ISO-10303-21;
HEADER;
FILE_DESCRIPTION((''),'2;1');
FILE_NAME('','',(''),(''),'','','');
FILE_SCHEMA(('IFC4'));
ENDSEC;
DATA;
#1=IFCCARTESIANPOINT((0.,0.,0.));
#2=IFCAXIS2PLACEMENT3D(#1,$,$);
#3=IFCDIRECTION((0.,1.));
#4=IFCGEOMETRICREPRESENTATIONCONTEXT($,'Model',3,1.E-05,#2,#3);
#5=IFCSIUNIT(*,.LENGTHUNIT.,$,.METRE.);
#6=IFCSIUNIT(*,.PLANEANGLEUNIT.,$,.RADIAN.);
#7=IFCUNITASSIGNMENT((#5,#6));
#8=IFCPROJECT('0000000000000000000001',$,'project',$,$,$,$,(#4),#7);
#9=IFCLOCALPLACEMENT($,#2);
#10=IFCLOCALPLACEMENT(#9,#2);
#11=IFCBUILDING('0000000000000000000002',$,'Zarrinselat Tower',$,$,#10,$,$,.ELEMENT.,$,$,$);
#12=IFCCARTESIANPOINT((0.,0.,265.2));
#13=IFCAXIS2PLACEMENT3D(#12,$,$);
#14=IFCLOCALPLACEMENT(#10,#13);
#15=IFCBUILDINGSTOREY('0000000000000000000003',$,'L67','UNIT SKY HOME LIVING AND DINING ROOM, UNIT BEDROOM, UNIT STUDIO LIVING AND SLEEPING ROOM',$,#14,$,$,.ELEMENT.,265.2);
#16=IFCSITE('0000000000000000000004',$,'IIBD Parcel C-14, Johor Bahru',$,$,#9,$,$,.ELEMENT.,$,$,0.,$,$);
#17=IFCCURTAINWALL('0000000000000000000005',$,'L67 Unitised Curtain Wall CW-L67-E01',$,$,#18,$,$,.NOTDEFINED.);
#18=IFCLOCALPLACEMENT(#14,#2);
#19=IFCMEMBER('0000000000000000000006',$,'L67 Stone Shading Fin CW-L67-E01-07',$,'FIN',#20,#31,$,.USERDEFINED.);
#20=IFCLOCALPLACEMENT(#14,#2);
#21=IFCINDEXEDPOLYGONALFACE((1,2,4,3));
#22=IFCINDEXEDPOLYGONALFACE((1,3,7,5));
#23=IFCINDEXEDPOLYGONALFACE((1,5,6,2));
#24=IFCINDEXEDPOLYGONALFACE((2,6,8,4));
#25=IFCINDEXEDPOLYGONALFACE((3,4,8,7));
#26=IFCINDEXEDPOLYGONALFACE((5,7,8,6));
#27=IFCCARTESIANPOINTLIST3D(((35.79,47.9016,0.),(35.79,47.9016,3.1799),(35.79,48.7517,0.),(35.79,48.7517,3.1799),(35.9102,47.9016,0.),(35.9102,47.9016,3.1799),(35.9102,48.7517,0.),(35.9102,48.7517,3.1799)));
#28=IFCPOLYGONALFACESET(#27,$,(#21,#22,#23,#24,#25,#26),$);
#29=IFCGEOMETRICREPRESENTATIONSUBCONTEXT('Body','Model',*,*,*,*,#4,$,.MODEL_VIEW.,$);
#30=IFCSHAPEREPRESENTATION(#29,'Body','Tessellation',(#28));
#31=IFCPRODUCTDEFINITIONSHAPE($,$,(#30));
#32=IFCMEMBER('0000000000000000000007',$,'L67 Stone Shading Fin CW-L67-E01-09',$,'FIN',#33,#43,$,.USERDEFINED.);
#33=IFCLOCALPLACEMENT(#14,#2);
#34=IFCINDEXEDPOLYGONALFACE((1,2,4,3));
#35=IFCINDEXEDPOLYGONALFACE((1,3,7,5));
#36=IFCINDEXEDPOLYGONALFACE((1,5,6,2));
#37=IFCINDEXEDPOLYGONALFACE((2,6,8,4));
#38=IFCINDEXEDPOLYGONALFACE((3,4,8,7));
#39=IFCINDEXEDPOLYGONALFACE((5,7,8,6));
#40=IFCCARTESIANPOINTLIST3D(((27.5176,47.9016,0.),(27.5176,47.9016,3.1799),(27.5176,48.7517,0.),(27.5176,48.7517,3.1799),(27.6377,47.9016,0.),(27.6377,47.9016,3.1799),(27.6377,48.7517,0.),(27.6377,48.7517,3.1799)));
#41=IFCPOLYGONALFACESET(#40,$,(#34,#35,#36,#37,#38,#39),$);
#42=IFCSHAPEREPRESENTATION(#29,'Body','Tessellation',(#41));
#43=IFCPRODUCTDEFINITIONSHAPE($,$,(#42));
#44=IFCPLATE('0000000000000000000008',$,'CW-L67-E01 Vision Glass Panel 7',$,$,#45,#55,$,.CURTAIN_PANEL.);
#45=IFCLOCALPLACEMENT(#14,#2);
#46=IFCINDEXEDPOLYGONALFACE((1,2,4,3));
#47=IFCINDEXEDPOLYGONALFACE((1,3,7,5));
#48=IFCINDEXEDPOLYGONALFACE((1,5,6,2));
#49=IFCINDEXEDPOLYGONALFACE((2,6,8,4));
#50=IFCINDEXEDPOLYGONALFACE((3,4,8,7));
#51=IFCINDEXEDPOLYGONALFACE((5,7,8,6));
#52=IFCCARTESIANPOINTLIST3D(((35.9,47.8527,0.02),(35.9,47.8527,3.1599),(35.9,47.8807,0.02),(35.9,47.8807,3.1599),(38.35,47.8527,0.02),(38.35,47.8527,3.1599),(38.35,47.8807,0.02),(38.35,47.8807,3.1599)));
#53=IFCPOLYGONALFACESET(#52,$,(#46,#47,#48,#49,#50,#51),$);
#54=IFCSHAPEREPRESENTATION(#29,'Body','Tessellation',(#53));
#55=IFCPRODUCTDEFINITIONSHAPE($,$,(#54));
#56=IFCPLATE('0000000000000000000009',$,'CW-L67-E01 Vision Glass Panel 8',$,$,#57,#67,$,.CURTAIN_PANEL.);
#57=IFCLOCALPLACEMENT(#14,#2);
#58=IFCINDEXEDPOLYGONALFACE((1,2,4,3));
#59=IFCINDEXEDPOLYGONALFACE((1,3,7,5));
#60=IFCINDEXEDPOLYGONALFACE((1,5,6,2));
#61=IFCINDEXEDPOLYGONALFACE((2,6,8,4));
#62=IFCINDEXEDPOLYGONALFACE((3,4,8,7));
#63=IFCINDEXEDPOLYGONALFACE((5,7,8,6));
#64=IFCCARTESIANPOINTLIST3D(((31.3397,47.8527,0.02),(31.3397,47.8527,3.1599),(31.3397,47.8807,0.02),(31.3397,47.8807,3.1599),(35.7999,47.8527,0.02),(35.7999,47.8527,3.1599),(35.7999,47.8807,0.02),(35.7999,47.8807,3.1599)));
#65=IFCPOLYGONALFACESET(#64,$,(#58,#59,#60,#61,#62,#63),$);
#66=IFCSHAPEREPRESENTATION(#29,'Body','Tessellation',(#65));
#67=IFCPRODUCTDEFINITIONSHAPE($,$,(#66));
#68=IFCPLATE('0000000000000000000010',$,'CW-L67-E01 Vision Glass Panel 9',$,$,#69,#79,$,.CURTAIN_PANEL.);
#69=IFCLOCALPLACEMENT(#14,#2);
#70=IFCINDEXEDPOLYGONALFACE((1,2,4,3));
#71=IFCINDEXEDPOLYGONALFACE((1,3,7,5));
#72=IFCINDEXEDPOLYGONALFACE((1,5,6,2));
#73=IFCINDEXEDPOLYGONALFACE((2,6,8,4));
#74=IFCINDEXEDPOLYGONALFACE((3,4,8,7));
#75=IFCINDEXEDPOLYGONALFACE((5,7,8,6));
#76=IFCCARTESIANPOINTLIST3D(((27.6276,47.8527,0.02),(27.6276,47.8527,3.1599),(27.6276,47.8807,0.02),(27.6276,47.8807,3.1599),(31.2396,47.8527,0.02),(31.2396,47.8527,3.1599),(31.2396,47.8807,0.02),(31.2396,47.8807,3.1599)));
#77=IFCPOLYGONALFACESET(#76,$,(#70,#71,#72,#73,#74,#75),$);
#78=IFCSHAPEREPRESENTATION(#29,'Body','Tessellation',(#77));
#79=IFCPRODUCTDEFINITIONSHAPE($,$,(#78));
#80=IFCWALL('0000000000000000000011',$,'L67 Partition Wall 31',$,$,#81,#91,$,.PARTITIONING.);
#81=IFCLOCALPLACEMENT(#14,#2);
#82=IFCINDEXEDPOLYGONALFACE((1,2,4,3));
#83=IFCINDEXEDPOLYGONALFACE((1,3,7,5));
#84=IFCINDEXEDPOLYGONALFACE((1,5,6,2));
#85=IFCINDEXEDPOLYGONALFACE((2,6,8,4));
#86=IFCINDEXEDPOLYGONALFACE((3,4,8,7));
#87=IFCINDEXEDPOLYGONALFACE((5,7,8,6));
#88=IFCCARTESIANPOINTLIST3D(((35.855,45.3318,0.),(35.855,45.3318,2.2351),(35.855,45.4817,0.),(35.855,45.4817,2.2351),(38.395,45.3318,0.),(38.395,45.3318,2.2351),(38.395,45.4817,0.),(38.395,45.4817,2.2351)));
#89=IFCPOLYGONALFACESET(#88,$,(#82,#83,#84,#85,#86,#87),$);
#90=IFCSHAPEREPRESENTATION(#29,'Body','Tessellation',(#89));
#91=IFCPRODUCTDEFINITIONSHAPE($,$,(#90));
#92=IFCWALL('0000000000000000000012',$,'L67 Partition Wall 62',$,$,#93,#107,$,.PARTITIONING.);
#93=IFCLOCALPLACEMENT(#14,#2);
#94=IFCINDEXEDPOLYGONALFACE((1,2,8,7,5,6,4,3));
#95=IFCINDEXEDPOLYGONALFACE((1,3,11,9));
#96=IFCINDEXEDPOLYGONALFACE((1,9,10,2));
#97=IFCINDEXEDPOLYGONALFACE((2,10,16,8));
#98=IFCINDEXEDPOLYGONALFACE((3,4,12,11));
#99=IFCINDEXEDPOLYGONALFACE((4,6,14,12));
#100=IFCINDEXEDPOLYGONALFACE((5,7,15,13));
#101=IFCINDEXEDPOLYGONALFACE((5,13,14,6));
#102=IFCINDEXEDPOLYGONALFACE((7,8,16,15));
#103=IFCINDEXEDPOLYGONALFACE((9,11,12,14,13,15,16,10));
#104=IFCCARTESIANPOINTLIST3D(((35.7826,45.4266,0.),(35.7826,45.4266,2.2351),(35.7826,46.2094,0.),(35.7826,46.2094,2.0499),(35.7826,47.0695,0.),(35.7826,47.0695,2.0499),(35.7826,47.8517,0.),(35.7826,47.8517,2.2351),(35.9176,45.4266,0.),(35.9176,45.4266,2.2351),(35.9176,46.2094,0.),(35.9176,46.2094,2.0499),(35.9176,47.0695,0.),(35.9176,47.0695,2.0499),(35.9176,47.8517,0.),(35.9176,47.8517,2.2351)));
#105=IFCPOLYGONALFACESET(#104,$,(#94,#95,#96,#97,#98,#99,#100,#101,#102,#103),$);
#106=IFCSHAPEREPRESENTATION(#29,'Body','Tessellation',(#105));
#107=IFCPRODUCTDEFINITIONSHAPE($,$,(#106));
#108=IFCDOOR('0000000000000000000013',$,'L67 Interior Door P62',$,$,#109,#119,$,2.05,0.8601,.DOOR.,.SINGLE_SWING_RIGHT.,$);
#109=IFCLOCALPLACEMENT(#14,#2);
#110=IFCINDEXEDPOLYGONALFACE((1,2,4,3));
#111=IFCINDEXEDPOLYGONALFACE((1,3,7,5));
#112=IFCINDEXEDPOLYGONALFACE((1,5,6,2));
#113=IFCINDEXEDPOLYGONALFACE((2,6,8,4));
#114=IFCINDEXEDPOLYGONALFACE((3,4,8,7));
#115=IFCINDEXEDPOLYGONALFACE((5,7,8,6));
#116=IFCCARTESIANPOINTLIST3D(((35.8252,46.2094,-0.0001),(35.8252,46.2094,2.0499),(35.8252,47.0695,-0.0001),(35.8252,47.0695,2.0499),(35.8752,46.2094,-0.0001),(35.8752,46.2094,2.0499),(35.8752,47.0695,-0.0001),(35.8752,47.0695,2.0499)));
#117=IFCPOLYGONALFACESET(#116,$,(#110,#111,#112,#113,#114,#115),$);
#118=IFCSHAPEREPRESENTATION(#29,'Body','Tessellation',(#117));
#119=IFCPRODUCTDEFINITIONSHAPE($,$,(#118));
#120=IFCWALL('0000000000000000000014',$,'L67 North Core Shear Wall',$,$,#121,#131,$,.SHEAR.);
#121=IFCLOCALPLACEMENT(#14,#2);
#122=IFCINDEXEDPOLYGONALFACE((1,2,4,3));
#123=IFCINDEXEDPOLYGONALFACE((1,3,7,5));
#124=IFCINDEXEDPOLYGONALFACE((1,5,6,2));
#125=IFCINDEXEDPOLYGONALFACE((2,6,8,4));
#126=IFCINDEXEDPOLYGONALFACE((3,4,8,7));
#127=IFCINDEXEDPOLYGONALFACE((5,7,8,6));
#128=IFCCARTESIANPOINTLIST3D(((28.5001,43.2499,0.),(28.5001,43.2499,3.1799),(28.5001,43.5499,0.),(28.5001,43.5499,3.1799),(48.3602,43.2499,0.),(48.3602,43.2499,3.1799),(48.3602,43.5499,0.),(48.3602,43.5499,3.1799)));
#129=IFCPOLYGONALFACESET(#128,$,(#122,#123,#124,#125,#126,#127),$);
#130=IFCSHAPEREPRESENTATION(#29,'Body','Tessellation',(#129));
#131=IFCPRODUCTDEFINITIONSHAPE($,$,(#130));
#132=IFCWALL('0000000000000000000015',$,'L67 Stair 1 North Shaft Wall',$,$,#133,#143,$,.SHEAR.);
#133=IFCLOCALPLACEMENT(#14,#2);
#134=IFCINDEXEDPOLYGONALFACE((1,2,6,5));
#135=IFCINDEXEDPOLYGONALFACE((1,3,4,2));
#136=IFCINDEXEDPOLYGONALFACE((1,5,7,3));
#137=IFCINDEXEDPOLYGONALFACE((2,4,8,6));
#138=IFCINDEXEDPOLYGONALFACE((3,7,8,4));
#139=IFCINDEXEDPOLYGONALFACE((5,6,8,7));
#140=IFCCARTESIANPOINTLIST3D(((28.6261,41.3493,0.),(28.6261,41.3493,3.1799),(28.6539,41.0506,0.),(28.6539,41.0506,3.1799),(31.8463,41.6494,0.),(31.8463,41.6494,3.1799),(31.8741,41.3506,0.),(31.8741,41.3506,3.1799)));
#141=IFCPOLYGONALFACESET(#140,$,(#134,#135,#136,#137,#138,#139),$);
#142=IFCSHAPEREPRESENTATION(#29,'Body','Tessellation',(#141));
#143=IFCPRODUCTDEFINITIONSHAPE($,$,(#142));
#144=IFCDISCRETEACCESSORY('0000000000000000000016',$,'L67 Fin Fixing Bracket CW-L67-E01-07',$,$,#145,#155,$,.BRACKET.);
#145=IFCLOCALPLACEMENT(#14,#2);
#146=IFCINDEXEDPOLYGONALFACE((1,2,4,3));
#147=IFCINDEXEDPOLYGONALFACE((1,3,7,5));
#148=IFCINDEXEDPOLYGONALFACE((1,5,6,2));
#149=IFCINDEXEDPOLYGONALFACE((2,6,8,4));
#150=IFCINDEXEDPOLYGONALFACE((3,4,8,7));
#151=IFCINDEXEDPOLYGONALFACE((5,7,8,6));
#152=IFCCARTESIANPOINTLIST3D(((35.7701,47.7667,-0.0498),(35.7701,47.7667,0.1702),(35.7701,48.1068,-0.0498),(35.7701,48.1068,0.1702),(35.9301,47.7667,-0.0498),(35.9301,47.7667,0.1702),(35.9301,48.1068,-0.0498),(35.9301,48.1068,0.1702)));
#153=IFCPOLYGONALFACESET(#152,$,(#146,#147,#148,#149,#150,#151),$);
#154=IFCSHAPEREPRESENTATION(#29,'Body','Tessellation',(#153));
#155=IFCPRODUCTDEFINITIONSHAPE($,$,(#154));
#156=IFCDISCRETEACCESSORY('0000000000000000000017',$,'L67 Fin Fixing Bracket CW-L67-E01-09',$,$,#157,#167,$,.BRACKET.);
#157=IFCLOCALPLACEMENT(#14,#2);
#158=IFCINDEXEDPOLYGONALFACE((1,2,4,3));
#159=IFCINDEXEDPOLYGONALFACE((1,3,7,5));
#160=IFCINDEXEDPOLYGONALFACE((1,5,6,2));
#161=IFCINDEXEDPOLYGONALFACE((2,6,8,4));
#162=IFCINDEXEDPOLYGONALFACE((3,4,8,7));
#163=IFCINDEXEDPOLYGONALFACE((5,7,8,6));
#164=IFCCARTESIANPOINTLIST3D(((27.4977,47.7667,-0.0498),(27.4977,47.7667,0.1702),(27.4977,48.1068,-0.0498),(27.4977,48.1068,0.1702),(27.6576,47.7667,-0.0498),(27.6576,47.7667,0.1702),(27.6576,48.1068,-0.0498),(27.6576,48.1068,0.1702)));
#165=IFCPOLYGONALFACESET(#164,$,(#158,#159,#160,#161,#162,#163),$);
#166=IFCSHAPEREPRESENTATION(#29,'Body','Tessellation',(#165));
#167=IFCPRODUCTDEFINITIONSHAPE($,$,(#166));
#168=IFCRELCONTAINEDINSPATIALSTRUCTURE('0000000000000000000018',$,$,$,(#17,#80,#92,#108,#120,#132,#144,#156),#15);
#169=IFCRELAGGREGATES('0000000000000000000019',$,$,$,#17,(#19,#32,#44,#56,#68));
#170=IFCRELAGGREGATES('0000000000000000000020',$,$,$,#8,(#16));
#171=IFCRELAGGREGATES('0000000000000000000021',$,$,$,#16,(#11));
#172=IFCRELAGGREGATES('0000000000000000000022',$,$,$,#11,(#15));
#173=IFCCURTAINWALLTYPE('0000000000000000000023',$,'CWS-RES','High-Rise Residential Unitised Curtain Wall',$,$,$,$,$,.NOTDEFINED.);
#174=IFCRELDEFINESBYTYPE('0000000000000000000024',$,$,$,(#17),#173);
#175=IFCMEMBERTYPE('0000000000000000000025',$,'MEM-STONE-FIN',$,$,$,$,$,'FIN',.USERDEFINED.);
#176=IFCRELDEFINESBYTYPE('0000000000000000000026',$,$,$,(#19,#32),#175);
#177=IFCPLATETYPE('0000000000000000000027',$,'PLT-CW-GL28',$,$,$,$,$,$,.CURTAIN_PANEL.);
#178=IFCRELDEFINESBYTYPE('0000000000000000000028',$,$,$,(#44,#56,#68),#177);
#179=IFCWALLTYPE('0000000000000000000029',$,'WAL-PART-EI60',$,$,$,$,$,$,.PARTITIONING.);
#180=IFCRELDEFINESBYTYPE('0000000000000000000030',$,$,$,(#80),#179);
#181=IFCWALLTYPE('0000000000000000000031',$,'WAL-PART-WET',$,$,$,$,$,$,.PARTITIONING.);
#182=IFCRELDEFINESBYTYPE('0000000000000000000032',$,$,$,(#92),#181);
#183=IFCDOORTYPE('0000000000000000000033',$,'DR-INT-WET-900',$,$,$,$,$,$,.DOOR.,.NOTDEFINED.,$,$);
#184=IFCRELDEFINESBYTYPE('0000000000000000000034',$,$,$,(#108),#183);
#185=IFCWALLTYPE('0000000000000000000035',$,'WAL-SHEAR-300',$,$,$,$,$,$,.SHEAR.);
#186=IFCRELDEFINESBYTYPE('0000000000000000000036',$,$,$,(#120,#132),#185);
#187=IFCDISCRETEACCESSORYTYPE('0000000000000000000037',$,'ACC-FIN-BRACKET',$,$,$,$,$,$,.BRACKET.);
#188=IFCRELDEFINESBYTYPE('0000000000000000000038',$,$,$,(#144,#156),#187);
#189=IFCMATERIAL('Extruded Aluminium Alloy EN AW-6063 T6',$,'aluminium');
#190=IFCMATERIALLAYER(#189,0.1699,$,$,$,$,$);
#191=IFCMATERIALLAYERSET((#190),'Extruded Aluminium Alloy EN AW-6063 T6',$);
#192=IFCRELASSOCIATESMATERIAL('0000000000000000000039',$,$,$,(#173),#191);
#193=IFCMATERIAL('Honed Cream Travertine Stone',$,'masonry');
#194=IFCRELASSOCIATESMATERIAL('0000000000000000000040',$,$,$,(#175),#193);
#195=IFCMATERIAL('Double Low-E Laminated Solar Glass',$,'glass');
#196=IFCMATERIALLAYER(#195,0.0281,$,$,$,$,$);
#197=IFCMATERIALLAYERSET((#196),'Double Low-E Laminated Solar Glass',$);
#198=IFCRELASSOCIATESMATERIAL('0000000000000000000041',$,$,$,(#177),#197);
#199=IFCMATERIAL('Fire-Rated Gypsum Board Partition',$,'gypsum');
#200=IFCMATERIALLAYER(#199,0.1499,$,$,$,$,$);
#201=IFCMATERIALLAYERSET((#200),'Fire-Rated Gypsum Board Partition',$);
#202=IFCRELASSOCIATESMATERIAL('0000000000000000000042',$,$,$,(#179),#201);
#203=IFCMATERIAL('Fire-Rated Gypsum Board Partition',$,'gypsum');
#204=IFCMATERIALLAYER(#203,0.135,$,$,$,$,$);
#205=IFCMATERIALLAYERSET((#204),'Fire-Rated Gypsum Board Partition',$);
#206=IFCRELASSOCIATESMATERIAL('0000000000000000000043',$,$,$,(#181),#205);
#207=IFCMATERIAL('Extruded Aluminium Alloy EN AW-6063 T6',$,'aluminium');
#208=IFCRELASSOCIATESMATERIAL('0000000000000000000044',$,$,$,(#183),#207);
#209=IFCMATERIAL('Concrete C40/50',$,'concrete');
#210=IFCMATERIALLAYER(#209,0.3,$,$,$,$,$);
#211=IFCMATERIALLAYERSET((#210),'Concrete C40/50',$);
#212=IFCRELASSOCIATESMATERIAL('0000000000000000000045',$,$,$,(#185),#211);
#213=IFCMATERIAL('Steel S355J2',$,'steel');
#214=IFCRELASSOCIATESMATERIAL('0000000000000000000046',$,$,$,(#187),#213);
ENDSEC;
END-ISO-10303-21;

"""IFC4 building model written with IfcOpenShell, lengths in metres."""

from ifc_helpers import new_model, si_unit, direction, frame, frame_2d, origin, origin_2d, place, context, subcontext, project, spatial, rectangle, extrude, material, layer, layer_set, material_profile, profile_set, type_object, element, fill, aggregate, save


model = new_model("IFC4")

# Units and contexts
model_context = context("Model", 3, precision=1e-05, world=origin(), true_north=direction((0.0, 1.0)))
body_context = subcontext(model_context, "Body", "Model", "MODEL_VIEW")
ifc_project = project(units=[si_unit("LENGTHUNIT", "METRE"), si_unit("PLANEANGLEUNIT", "RADIAN")], contexts=[model_context])

# Site, building, storey
site_placement = place(None, origin())
site = spatial("IfcSite", under=ifc_project, at=site_placement, Name="IIBD Parcel C-14, Johor Bahru", CompositionType="ELEMENT", RefElevation=0.0)
building_placement = place(site_placement, origin())
building = spatial("IfcBuilding", under=site, at=building_placement, Name="Zarrinselat Tower", CompositionType="ELEMENT")
storey_placement = place(building_placement, frame((0.0, 0.0, 265.2)))
storey = spatial("IfcBuildingStorey", under=building, at=storey_placement, Name="L67", Description="UNIT SKY HOME LIVING AND DINING ROOM, UNIT BEDROOM, UNIT STUDIO LIVING AND SLEEPING ROOM", CompositionType="ELEMENT", Elevation=265.2)

# Curtain wall, members, plates
ifc_material_1 = material(Name="Extruded Aluminium Alloy EN AW-6063 T6", Category="aluminium")
ifc_layer_1 = layer(ifc_material_1, 0.1699)
ifc_layer_set_1 = layer_set([ifc_layer_1], Name="Extruded Aluminium Alloy EN AW-6063 T6")
curtain_wall_type = type_object("IfcCurtainWallType", Name="CWS-RES", Description="High-Rise Residential Unitised Curtain Wall", PredefinedType="NOTDEFINED", material=ifc_layer_set_1)
curtain_wall_placement = place(storey_placement, origin())
curtain_wall = element("IfcCurtainWall", 1, at=curtain_wall_placement, inside=storey, type_object=curtain_wall_type, Name="L67 Unitised Curtain Wall CW-L67-E01", PredefinedType="NOTDEFINED")
ifc_material_2 = material(Name="Honed Cream Travertine Stone", Category="masonry")
ifc_material_profile_1 = material_profile(ifc_material_2, rectangle(XDim=0.1201, YDim=0.8501, at=origin_2d()), Name="FIN 850x120")
ifc_profile_set_1 = profile_set([ifc_material_profile_1], Name="Honed Cream Travertine Stone")
member_type_1 = type_object("IfcMemberType", Name="MEM-STONE-FIN", ElementType="FIN", PredefinedType="USERDEFINED", material=ifc_profile_set_1)
member_1_placement = place(storey_placement, frame((35.8501, 48.3267, 0.0), z_axis=(0.0, 0.0, 1.0), x_axis=(1.0, 0.0, 0.0)))
member_1 = element("IfcMember", 2, at=member_1_placement, type_object=member_type_1, Name="L67 Stone Shading Fin CW-L67-E01-07", ObjectType="FIN", PredefinedType="USERDEFINED", context=body_context, shape_type="SweptSolid", body=[
    extrude(rectangle(XDim=0.1201, YDim=0.8501, at=origin_2d()), origin(), (0.0, 0.0, 1.0), 3.1799),
])
member_2_placement = place(storey_placement, frame((27.5776, 48.3267, 0.0), z_axis=(0.0, 0.0, 1.0), x_axis=(1.0, 0.0, 0.0)))
member_2 = element("IfcMember", 3, at=member_2_placement, type_object=member_type_1, Name="L67 Stone Shading Fin CW-L67-E01-09", ObjectType="FIN", PredefinedType="USERDEFINED", context=body_context, shape_type="SweptSolid", body=[
    extrude(rectangle(XDim=0.1201, YDim=0.8501, at=origin_2d()), origin(), (0.0, 0.0, 1.0), 3.1799),
])
ifc_material_3 = material(Name="Double Low-E Laminated Solar Glass", Category="glass")
ifc_layer_2 = layer(ifc_material_3, 0.0281)
ifc_layer_set_2 = layer_set([ifc_layer_2], Name="Double Low-E Laminated Solar Glass")
plate_type = type_object("IfcPlateType", Name="PLT-CW-GL28", PredefinedType="CURTAIN_PANEL", material=ifc_layer_set_2)
plate_1_placement = place(storey_placement, frame((37.125, 47.8667, 0.02), z_axis=(0.0, 0.0, 1.0), x_axis=(-1.0, 0.0, 0.0)))
plate_1 = element("IfcPlate", 4, at=plate_1_placement, type_object=plate_type, Name="CW-L67-E01 Vision Glass Panel 7", PredefinedType="CURTAIN_PANEL", context=body_context, shape_type="SweptSolid", body=[
    extrude(rectangle(XDim=2.45, YDim=0.0281, at=origin_2d()), origin(), (0.0, 0.0, 1.0), 3.1399),
])
plate_2_placement = place(storey_placement, frame((33.5698, 47.8667, 0.02), z_axis=(0.0, 0.0, 1.0), x_axis=(-1.0, 0.0, 0.0)))
plate_2 = element("IfcPlate", 5, at=plate_2_placement, type_object=plate_type, Name="CW-L67-E01 Vision Glass Panel 8", PredefinedType="CURTAIN_PANEL", context=body_context, shape_type="SweptSolid", body=[
    extrude(rectangle(XDim=4.4602, YDim=0.0281, at=origin_2d()), origin(), (0.0, 0.0, 1.0), 3.1399),
])
plate_3_placement = place(storey_placement, frame((29.4336, 47.8667, 0.02), z_axis=(0.0, 0.0, 1.0), x_axis=(-1.0, 0.0, 0.0)))
plate_3 = element("IfcPlate", 6, at=plate_3_placement, type_object=plate_type, Name="CW-L67-E01 Vision Glass Panel 9", PredefinedType="CURTAIN_PANEL", context=body_context, shape_type="SweptSolid", body=[
    extrude(rectangle(XDim=3.6121, YDim=0.0281, at=origin_2d()), origin(), (0.0, 0.0, 1.0), 3.1399),
])
aggregate(curtain_wall, [member_1, member_2, plate_1, plate_2, plate_3])

# Wall
ifc_material_4 = material(Name="Fire-Rated Gypsum Board Partition", Category="gypsum")
ifc_layer_3 = layer(ifc_material_4, 0.1499)
ifc_layer_set_3 = layer_set([ifc_layer_3], Name="Fire-Rated Gypsum Board Partition")
wall_type_1 = type_object("IfcWallType", Name="WAL-PART-EI60", PredefinedType="PARTITIONING", material=ifc_layer_set_3)
wall_1_placement = place(storey_placement, frame((35.855, 45.4067, 0.0), z_axis=(0.0, 0.0, 1.0), x_axis=(1.0, 0.0, 0.0)))
element("IfcWall", 7, at=wall_1_placement, inside=storey, type_object=wall_type_1, Name="L67 Partition Wall 31", PredefinedType="PARTITIONING", context=body_context, shape_type="SweptSolid", body=[
    extrude(rectangle(XDim=2.54, YDim=0.1499, at=frame_2d((1.27, 0.0))), origin(), (0.0, 0.0, 1.0), 2.2351),
])

# Wall, opening, door
ifc_material_5 = material(Name="Fire-Rated Gypsum Board Partition", Category="gypsum")
ifc_layer_4 = layer(ifc_material_5, 0.135)
ifc_layer_set_4 = layer_set([ifc_layer_4], Name="Fire-Rated Gypsum Board Partition")
wall_type_2 = type_object("IfcWallType", Name="WAL-PART-WET", PredefinedType="PARTITIONING", material=ifc_layer_set_4)
wall_2_placement = place(storey_placement, frame((35.8501, 45.4268, 0.0), z_axis=(0.0, 0.0, 1.0), x_axis=(0.0, 1.0, 0.0)))
wall_2 = element("IfcWall", 8, at=wall_2_placement, inside=storey, type_object=wall_type_2, Name="L67 Partition Wall 62", PredefinedType="PARTITIONING", context=body_context, shape_type="SweptSolid", body=[
    extrude(rectangle(XDim=2.425, YDim=0.135, at=frame_2d((1.2124, 0.0))), origin(), (0.0, 0.0, 1.0), 2.2351),
])
opening_placement = place(wall_2_placement, frame((0.7825, 0.0, 0.0)))
opening = element("IfcOpeningElement", 9, at=opening_placement, cuts=wall_2, PredefinedType="OPENING", context=body_context, shape_type="SweptSolid", body=[
    extrude(rectangle(XDim=0.8601, YDim=2.05, at=frame_2d((0.4302, 1.0249))), frame((0.0, 0.0774, 0.0), z_axis=(0.0, -1.0, 0.0), x_axis=(1.0, 0.0, 0.0)), (0.0, 0.0, 1.0), 0.155),
])
ifc_material_6 = material(Name="Extruded Aluminium Alloy EN AW-6063 T6", Category="aluminium")
door_type = type_object("IfcDoorType", Name="DR-INT-WET-900", OperationType="NOTDEFINED", PredefinedType="DOOR", material=ifc_material_6)
door_placement = place(opening_placement, origin())
door = element("IfcDoor", 10, at=door_placement, inside=storey, type_object=door_type, Name="L67 Interior Door P62", OperationType="SINGLE_SWING_RIGHT", OverallHeight=2.05, OverallWidth=0.8601, PredefinedType="DOOR", context=body_context, shape_type="SweptSolid", body=[
    extrude(rectangle(XDim=0.8601, YDim=2.05, at=frame_2d((0.4302, 1.0249))), frame((0.0, 0.0249, 0.0), z_axis=(0.0, -1.0, 0.0), x_axis=(1.0, 0.0, 0.0)), (0.0, 0.0, 1.0), 0.05),
])
fill(opening, door)

# Walls
ifc_material_7 = material(Name="Concrete C40/50", Category="concrete")
ifc_layer_5 = layer(ifc_material_7, 0.3)
ifc_layer_set_5 = layer_set([ifc_layer_5], Name="Concrete C40/50")
wall_type_3 = type_object("IfcWallType", Name="WAL-SHEAR-300", PredefinedType="SHEAR", material=ifc_layer_set_5)
wall_3_placement = place(storey_placement, frame((28.5, 43.3999, 0.0), z_axis=(0.0, 0.0, 1.0), x_axis=(1.0, 0.0, 0.0)))
element("IfcWall", 11, at=wall_3_placement, inside=storey, type_object=wall_type_3, Name="L67 North Core Shear Wall", PredefinedType="SHEAR", context=body_context, shape_type="SweptSolid", body=[
    extrude(rectangle(XDim=19.8601, YDim=0.3, at=frame_2d((9.9302, 0.0))), origin(), (0.0, 0.0, 1.0), 3.1799),
])
wall_4_placement = place(storey_placement, frame((28.6399, 41.2, 0.0), z_axis=(0.0, 0.0, 1.0), x_axis=(0.995687, 0.092775, 0.0)))
element("IfcWall", 12, at=wall_4_placement, inside=storey, type_object=wall_type_3, Name="L67 Stair 1 North Shaft Wall", PredefinedType="SHEAR", context=body_context, shape_type="SweptSolid", body=[
    extrude(rectangle(XDim=3.2341, YDim=0.3, at=frame_2d((1.6172, 0.0))), origin(), (0.0, 0.0, 1.0), 3.1799),
])

# Discrete accessories
ifc_material_8 = material(Name="Steel S355J2", Category="steel")
discrete_accessory_type = type_object("IfcDiscreteAccessoryType", Name="ACC-FIN-BRACKET", PredefinedType="BRACKET", material=ifc_material_8)
for number, where, z_axis, x_axis, name in (
    (13, (35.8501, 47.9368, -0.0498), (0.0, 0.0, 1.0), (0.0, 1.0, 0.0), "L67 Fin Fixing Bracket CW-L67-E01-07"),
    (14, (27.5776, 47.9368, -0.0498), (0.0, 0.0, 1.0), (0.0, 1.0, 0.0), "L67 Fin Fixing Bracket CW-L67-E01-09"),
):
    element("IfcDiscreteAccessory", number, at=place(storey_placement, frame(where, z_axis=z_axis, x_axis=x_axis)), inside=storey, type_object=discrete_accessory_type, Name=name, PredefinedType="BRACKET", context=body_context, shape_type="SweptSolid", body=[
        extrude(rectangle(XDim=0.3401, YDim=0.1599, at=origin_2d()), origin(), (0.0, 0.0, 1.0), 0.22),
    ])

save(model, "model.ifc")
